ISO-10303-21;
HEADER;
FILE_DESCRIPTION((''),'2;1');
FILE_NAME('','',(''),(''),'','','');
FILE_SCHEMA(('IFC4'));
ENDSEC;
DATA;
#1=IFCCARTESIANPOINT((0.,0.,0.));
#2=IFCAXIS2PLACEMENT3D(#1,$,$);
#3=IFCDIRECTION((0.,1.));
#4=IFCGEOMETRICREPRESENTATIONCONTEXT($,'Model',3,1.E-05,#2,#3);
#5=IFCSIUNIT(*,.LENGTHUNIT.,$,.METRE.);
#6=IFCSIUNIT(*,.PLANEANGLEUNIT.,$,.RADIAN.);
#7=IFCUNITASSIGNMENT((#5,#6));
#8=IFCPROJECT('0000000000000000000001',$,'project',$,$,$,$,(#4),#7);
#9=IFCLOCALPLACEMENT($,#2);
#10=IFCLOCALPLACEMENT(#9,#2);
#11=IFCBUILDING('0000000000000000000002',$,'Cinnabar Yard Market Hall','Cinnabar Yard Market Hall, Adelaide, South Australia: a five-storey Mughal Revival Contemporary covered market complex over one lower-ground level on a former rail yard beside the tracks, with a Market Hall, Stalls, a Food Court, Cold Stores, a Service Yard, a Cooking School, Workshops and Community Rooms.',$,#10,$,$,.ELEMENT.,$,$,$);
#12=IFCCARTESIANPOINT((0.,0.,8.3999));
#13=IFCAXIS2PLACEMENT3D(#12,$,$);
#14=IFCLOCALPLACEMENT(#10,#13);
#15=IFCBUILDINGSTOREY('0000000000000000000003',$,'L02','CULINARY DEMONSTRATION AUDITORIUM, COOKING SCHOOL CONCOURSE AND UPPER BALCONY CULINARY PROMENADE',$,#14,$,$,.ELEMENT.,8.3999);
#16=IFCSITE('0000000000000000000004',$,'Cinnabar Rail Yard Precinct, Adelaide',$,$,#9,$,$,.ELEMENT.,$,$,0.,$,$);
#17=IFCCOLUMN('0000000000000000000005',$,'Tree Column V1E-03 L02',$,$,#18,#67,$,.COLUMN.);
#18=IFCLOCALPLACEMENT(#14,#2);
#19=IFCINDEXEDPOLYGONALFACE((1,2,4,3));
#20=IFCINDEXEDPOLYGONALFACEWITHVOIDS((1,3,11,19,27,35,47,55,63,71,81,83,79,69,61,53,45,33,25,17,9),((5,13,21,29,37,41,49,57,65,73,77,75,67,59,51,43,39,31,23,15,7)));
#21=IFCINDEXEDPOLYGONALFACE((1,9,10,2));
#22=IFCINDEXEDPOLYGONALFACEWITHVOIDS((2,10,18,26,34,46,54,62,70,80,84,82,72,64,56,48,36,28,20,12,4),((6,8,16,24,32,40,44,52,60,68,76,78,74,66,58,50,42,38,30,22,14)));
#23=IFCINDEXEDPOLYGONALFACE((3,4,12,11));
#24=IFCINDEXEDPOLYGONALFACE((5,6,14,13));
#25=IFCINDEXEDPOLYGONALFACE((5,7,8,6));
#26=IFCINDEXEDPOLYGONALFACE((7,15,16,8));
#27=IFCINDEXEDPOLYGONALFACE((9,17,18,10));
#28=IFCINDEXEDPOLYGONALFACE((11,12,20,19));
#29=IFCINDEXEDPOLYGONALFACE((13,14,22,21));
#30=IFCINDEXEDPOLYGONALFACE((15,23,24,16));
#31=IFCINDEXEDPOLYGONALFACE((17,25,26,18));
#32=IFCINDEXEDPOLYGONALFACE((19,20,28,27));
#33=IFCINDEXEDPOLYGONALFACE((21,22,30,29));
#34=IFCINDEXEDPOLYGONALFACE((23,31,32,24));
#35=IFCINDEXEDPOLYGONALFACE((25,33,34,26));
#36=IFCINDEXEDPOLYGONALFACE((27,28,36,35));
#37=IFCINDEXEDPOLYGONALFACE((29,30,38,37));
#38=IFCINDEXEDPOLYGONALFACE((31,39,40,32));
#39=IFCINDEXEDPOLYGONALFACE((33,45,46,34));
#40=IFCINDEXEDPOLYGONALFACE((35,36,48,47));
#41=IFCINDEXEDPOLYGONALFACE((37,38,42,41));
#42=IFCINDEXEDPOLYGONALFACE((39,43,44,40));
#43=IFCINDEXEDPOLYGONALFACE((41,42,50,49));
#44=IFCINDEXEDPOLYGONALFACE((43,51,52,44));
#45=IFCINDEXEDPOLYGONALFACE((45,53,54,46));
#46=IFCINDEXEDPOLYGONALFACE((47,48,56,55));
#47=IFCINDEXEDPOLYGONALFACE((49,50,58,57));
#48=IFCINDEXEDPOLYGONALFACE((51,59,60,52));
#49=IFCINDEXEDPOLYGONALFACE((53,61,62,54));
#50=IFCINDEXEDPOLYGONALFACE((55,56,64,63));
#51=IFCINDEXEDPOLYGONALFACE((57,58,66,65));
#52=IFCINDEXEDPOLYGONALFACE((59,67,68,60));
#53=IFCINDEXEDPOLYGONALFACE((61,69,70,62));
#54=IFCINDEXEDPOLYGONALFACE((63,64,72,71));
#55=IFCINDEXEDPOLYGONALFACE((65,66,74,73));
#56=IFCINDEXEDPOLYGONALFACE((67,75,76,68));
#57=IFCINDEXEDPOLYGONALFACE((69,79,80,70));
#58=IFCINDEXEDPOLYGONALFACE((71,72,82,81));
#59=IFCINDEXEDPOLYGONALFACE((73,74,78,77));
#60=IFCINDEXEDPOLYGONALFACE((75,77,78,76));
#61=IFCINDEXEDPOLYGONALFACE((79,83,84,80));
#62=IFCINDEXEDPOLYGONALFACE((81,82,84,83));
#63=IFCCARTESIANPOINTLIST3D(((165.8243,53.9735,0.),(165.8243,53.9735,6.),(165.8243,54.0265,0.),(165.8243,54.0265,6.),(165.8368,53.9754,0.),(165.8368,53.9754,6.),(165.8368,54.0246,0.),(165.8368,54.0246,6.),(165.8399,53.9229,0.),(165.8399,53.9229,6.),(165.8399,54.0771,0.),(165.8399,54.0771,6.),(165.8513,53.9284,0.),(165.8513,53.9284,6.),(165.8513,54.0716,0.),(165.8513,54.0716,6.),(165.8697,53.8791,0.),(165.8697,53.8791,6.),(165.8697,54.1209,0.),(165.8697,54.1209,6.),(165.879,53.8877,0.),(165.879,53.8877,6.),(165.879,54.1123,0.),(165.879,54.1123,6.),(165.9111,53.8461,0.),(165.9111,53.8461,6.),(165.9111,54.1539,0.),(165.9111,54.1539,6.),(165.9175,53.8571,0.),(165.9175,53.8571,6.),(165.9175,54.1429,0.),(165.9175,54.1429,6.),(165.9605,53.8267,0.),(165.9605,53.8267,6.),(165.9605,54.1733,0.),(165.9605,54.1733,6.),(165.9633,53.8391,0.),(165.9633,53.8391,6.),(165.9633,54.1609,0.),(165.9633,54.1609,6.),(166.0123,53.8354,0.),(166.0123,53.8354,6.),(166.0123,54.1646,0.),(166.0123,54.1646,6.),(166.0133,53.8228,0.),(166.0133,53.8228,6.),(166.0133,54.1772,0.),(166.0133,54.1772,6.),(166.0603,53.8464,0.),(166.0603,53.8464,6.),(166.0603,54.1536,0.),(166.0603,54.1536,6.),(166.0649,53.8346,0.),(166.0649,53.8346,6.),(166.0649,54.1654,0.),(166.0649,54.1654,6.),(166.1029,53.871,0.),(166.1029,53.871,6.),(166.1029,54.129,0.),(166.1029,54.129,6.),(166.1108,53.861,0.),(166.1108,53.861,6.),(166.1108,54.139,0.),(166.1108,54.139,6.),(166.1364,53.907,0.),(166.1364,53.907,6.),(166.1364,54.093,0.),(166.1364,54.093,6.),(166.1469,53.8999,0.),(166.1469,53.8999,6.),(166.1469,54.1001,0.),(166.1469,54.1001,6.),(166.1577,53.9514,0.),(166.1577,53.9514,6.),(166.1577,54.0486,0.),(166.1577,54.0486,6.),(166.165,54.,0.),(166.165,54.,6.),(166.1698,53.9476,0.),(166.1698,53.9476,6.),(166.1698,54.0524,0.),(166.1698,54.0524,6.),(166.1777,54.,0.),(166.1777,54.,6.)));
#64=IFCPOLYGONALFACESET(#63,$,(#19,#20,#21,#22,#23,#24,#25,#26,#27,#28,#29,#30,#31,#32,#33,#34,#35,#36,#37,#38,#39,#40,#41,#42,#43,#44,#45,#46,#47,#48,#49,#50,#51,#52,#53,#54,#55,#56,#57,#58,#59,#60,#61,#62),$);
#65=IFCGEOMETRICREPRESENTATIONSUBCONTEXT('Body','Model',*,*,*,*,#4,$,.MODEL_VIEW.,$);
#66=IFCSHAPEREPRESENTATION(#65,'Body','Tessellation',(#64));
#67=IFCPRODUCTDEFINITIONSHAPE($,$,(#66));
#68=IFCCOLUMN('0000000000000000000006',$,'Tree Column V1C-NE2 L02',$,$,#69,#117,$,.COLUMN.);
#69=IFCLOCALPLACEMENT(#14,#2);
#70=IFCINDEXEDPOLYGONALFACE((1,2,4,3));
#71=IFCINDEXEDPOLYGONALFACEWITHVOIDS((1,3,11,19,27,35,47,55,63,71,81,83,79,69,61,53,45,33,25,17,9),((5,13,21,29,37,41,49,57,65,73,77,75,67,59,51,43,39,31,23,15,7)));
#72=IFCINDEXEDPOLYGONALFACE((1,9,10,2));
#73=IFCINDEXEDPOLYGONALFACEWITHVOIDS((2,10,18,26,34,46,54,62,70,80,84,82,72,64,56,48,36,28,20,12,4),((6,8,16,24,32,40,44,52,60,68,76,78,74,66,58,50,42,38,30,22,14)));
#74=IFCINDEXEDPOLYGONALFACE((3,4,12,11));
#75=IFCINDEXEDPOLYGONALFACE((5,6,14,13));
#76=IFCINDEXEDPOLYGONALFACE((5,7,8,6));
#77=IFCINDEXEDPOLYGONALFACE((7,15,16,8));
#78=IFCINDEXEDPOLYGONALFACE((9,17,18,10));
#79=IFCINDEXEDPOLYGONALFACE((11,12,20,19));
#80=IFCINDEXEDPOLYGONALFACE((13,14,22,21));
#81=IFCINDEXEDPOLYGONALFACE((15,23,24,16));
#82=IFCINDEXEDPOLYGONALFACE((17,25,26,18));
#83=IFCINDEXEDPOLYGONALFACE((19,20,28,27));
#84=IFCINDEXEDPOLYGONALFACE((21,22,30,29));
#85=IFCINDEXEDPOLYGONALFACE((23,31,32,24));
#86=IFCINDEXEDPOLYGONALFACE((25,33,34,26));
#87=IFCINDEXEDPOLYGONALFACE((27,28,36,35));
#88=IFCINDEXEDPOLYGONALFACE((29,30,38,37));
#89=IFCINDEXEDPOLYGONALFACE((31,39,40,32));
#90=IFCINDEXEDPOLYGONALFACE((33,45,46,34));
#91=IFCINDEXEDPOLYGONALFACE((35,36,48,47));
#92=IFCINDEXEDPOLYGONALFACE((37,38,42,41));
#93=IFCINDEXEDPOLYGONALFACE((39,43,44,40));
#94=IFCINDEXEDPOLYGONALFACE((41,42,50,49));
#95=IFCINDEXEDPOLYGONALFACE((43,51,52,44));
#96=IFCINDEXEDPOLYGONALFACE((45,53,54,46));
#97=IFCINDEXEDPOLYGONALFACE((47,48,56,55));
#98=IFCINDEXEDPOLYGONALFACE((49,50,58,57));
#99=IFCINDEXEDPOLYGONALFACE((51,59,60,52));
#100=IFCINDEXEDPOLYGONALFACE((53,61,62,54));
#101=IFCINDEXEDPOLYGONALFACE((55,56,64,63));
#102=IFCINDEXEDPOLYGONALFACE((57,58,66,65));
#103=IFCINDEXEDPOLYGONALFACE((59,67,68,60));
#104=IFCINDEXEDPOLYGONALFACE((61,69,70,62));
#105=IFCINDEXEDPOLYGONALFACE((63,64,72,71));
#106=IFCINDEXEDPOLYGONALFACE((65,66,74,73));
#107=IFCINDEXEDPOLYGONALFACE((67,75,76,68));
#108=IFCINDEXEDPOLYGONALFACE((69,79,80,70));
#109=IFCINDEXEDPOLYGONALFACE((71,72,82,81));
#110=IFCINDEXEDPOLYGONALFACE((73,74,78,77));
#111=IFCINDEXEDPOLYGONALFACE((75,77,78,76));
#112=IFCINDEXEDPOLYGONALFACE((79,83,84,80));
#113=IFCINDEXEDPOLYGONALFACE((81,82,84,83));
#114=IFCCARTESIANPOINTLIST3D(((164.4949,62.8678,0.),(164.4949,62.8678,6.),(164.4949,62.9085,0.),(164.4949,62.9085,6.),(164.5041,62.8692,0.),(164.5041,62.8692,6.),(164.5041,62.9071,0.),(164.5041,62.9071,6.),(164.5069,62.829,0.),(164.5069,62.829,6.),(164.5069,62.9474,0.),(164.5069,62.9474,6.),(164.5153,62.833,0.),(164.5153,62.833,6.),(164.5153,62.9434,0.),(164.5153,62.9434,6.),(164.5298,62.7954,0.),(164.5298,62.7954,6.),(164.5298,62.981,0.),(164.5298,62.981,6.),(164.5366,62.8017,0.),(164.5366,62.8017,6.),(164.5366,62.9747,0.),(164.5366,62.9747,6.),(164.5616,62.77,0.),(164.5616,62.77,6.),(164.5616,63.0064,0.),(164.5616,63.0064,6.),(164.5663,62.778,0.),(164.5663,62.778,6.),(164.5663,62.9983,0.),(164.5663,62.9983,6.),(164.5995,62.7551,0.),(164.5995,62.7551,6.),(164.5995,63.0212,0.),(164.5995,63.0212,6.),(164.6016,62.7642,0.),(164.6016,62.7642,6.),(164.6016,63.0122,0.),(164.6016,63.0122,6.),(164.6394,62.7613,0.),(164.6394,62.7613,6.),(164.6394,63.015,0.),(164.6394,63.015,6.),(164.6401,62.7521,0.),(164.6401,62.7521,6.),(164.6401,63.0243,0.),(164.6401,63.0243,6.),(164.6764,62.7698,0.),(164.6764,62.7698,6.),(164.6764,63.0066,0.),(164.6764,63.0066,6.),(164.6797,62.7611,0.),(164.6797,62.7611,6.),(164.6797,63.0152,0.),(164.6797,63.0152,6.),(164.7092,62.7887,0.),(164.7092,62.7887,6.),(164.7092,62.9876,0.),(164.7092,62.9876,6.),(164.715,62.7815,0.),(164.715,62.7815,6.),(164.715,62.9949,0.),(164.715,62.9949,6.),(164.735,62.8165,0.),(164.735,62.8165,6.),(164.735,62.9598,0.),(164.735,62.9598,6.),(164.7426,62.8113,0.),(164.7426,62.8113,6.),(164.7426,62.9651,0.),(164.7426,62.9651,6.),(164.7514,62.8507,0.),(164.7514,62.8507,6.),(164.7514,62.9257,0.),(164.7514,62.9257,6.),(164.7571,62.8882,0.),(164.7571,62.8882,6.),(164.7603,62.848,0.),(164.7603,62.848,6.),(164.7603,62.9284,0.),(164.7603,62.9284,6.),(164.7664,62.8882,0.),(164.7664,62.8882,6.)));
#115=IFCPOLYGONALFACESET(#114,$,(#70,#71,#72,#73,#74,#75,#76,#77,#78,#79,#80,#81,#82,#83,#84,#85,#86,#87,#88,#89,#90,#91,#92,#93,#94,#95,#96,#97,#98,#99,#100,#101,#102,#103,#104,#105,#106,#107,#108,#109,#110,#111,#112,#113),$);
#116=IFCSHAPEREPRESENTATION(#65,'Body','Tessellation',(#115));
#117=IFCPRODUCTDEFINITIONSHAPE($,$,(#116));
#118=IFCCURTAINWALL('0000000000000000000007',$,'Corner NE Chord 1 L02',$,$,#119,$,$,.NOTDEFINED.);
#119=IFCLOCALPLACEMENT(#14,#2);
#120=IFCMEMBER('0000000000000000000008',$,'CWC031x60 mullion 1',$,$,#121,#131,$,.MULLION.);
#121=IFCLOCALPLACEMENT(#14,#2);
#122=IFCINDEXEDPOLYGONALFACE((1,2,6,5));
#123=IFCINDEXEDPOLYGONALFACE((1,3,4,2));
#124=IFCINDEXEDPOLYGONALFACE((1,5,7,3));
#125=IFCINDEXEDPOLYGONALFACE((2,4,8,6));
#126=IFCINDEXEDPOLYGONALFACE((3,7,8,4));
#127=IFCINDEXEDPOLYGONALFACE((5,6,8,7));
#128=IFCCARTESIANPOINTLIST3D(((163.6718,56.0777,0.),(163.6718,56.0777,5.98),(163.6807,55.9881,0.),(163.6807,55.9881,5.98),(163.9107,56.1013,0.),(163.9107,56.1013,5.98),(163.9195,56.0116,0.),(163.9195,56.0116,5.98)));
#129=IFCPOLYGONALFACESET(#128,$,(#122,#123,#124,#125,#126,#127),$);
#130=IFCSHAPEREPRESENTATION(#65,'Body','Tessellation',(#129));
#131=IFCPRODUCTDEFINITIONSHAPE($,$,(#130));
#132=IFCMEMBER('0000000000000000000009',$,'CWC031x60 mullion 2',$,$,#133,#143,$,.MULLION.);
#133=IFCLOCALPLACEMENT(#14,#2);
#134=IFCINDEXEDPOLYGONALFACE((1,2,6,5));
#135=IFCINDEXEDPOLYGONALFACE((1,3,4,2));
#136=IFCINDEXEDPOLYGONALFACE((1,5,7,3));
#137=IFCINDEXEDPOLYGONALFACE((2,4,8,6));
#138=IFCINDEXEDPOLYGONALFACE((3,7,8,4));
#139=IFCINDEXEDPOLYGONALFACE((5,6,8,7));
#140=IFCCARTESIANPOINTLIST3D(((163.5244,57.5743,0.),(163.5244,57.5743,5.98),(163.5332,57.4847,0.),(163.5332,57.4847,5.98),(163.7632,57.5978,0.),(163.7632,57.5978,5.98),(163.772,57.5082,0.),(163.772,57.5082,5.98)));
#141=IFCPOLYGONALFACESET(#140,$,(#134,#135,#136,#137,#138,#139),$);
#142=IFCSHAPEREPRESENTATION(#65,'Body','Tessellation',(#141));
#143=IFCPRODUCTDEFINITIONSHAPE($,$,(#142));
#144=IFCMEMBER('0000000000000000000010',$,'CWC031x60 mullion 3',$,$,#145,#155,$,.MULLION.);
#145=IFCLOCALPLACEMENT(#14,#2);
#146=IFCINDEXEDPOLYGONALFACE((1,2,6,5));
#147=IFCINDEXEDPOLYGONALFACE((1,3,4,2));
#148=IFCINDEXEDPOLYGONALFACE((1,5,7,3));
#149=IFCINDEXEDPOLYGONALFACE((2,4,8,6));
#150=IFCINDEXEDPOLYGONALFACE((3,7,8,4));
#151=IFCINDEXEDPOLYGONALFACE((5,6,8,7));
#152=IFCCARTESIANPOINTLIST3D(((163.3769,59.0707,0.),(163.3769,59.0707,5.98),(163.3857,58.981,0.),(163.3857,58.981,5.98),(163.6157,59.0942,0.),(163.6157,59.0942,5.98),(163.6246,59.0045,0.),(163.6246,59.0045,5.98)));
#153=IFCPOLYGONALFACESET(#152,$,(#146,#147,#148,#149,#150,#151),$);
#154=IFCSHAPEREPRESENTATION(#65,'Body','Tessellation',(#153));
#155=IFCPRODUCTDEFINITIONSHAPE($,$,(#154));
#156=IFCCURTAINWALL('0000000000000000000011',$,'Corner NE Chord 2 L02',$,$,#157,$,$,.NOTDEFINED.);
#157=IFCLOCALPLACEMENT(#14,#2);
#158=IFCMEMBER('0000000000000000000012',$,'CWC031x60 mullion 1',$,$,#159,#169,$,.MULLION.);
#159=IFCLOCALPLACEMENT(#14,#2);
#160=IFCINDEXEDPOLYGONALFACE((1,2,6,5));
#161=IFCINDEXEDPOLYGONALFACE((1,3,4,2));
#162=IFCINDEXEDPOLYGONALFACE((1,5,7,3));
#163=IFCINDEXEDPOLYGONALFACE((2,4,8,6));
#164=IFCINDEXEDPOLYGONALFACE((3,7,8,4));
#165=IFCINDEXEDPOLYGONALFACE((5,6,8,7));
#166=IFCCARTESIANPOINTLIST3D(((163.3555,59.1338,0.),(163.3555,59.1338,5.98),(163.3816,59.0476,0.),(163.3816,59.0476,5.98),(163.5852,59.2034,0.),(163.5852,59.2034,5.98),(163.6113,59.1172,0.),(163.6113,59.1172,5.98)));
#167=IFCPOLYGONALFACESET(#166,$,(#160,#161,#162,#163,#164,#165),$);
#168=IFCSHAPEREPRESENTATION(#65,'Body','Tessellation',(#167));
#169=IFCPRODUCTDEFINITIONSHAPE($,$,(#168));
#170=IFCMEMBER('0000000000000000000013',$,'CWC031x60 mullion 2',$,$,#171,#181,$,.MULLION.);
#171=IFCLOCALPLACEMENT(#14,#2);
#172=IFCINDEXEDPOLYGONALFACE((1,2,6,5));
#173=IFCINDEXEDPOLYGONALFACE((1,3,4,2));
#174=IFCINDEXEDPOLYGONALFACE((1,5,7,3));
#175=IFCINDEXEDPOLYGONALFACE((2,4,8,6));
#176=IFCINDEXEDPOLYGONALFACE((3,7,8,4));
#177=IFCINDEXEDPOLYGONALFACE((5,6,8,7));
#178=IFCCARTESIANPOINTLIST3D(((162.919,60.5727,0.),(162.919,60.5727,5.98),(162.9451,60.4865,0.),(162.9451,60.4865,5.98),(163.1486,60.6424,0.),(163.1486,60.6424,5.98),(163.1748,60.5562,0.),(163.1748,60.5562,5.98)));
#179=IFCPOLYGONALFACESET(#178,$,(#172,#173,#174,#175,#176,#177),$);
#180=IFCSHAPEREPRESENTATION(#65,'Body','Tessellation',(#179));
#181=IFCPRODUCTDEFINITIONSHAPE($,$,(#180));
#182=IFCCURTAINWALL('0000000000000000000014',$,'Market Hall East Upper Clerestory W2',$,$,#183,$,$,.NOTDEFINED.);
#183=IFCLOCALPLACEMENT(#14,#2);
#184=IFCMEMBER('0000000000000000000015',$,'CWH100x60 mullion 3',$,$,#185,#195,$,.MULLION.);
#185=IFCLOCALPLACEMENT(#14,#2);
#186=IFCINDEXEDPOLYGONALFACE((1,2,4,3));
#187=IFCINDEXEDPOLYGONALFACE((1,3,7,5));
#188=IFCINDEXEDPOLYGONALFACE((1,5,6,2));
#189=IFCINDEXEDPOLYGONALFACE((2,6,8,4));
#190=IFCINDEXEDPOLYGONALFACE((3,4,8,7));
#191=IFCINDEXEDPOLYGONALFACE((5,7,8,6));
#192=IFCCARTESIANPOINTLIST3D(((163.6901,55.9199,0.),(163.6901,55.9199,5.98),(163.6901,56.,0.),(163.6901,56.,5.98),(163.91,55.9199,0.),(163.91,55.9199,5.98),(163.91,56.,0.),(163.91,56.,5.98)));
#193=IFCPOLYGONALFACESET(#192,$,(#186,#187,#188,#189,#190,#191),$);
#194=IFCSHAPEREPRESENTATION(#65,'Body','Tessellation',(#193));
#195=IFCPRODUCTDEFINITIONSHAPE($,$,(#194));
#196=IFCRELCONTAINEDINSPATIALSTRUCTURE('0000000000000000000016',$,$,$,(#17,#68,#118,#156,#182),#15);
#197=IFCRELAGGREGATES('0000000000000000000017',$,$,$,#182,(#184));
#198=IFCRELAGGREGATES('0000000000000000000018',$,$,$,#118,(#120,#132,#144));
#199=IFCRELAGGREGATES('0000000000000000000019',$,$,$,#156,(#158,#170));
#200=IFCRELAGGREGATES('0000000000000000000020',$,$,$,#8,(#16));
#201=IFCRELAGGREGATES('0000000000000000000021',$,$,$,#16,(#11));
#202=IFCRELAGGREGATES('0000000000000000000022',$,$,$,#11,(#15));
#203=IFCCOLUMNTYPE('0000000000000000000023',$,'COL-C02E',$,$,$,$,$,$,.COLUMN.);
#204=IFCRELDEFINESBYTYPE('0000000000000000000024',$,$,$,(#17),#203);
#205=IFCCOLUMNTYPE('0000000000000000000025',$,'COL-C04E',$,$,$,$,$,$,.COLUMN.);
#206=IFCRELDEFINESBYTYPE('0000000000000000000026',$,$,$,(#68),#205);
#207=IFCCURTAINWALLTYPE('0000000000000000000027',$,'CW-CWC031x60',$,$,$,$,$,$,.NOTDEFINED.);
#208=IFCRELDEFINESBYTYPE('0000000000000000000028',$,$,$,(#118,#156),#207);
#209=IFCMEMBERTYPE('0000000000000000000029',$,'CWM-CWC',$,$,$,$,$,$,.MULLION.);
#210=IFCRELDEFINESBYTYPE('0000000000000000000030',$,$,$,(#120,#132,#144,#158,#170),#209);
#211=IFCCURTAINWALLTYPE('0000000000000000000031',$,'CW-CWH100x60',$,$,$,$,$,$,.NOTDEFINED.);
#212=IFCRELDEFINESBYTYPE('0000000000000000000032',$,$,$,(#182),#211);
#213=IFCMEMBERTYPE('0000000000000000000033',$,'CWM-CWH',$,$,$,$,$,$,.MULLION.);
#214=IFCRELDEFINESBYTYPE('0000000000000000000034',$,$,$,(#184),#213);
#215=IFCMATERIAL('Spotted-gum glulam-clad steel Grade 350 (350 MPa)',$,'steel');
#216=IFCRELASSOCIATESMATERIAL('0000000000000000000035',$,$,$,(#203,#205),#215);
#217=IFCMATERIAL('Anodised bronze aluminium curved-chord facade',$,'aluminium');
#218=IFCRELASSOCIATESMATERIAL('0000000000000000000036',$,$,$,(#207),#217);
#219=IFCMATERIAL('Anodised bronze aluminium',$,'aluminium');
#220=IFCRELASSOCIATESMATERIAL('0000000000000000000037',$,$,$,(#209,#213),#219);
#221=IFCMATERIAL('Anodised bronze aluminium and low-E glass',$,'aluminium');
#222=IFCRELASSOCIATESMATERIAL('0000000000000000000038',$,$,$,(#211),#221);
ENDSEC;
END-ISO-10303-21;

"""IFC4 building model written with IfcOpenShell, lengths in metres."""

from ifc_helpers import new_model, si_unit, direction, frame, origin, origin_2d_with_axis, place, context, subcontext, project, spatial, rectangle, hollow_circle, extrude, material, material_profile, profile_set, type_object, element, aggregate, save


model = new_model("IFC4")

# Units and contexts
model_context = context("Model", 3, precision=1e-05, world=origin(), true_north=direction((0.0, 1.0)))
body_context = subcontext(model_context, "Body", "Model", "MODEL_VIEW")
ifc_project = project(units=[si_unit("LENGTHUNIT", "METRE"), si_unit("PLANEANGLEUNIT", "RADIAN")], contexts=[model_context])

# Site, building, storey
site_placement = place(None, origin())
site = spatial("IfcSite", under=ifc_project, at=site_placement, Name="Cinnabar Rail Yard Precinct, Adelaide", CompositionType="ELEMENT", RefElevation=0.0)
building_placement = place(site_placement, origin())
building = spatial("IfcBuilding", under=site, at=building_placement, Name="Cinnabar Yard Market Hall", Description="Cinnabar Yard Market Hall, Adelaide, South Australia: a five-storey Mughal Revival Contemporary covered market complex over one lower-ground level on a former rail yard beside the tracks, with a Market Hall, Stalls, a Food Court, Cold Stores, a Service Yard, a Cooking School, Workshops and Community Rooms.", CompositionType="ELEMENT")
storey_placement = place(building_placement, frame((0.0, 0.0, 8.3999)))
storey = spatial("IfcBuildingStorey", under=building, at=storey_placement, Name="L02", Description="CULINARY DEMONSTRATION AUDITORIUM, COOKING SCHOOL CONCOURSE AND UPPER BALCONY CULINARY PROMENADE", CompositionType="ELEMENT", Elevation=8.3999)

# Columns
ifc_material_1 = material(Name="Spotted-gum glulam-clad steel Grade 350 (350 MPa)", Category="steel")
ifc_material_profile_1 = material_profile(ifc_material_1, hollow_circle(Radius=0.1777, WallThickness=0.0127, at=origin_2d_with_axis()), Name="355.6x12.7CHS")
ifc_profile_set_1 = profile_set([ifc_material_profile_1], Name="Spotted-gum glulam-clad steel Grade 350 (350 MPa)")
column_type_1 = type_object("IfcColumnType", Name="COL-C02E", PredefinedType="COLUMN", material=ifc_profile_set_1)
column_1_placement = place(storey_placement, frame((166.0, 54.0, 0.0), z_axis=(0.0, 0.0, 1.0), x_axis=(1.0, 0.0, 0.0)))
element("IfcColumn", 1, at=column_1_placement, inside=storey, type_object=column_type_1, Name="Tree Column V1E-03 L02", PredefinedType="COLUMN", context=body_context, shape_type="SweptSolid", body=[
    extrude(hollow_circle(Radius=0.1777, WallThickness=0.0127, at=origin_2d_with_axis()), origin(), (0.0, 0.0, 1.0), 6.0),
])
ifc_material_profile_2 = material_profile(ifc_material_1, hollow_circle(Radius=0.1365, WallThickness=0.0093, at=origin_2d_with_axis()), Name="273.1x9.3CHS")
ifc_profile_set_2 = profile_set([ifc_material_profile_2], Name="Spotted-gum glulam-clad steel Grade 350 (350 MPa)")
column_type_2 = type_object("IfcColumnType", Name="COL-C04E", PredefinedType="COLUMN", material=ifc_profile_set_2)
column_2_placement = place(storey_placement, frame((164.6299, 62.8882, 0.0), z_axis=(0.0, 0.0, 1.0), x_axis=(1.0, 0.0, 0.0)))
element("IfcColumn", 2, at=column_2_placement, inside=storey, type_object=column_type_2, Name="Tree Column V1C-NE2 L02", PredefinedType="COLUMN", context=body_context, shape_type="SweptSolid", body=[
    extrude(hollow_circle(Radius=0.1365, WallThickness=0.0093, at=origin_2d_with_axis()), origin(), (0.0, 0.0, 1.0), 6.0),
])

# Curtain walls, members
ifc_material_2 = material(Name="Anodised bronze aluminium curved-chord facade", Category="aluminium")
curtain_wall_type_1 = type_object("IfcCurtainWallType", Name="CW-CWC031x60", PredefinedType="NOTDEFINED", material=ifc_material_2)
curtain_wall_1_placement = place(storey_placement, origin())
curtain_wall_1 = element("IfcCurtainWall", 3, at=curtain_wall_1_placement, inside=storey, type_object=curtain_wall_type_1, Name="Corner NE Chord 1 L02", PredefinedType="NOTDEFINED")
ifc_material_3 = material(Name="Anodised bronze aluminium", Category="aluminium")
ifc_material_profile_3 = material_profile(ifc_material_3, rectangle(XDim=0.24, YDim=0.0901, at=origin_2d_with_axis()), Name="MUL-CWC")
ifc_profile_set_3 = profile_set([ifc_material_profile_3], Name="Anodised bronze aluminium")
member_type_1 = type_object("IfcMemberType", Name="CWM-CWC", PredefinedType="MULLION", material=ifc_profile_set_3)
member_1_placement = place(storey_placement, frame((163.7957, 56.0447, 0.0), z_axis=(0.0, 0.0, 1.0), x_axis=(-0.995184, -0.09802, 0.0)))
member_1 = element("IfcMember", 4, at=member_1_placement, type_object=member_type_1, Name="CWC031x60 mullion 1", PredefinedType="MULLION", context=body_context, shape_type="SweptSolid", body=[
    extrude(rectangle(XDim=0.24, YDim=0.0901, at=origin_2d_with_axis()), origin(), (0.0, 0.0, 1.0), 5.98),
])
member_2_placement = place(storey_placement, frame((163.6482, 57.5413, 0.0), z_axis=(0.0, 0.0, 1.0), x_axis=(-0.995184, -0.09802, 0.0)))
member_2 = element("IfcMember", 5, at=member_2_placement, type_object=member_type_1, Name="CWC031x60 mullion 2", PredefinedType="MULLION", context=body_context, shape_type="SweptSolid", body=[
    extrude(rectangle(XDim=0.24, YDim=0.0901, at=origin_2d_with_axis()), origin(), (0.0, 0.0, 1.0), 5.98),
])
member_3_placement = place(storey_placement, frame((163.5007, 59.0376, 0.0), z_axis=(0.0, 0.0, 1.0), x_axis=(-0.995184, -0.09802, 0.0)))
member_3 = element("IfcMember", 6, at=member_3_placement, type_object=member_type_1, Name="CWC031x60 mullion 3", PredefinedType="MULLION", context=body_context, shape_type="SweptSolid", body=[
    extrude(rectangle(XDim=0.24, YDim=0.0901, at=origin_2d_with_axis()), origin(), (0.0, 0.0, 1.0), 5.98),
])
curtain_wall_2_placement = place(storey_placement, origin())
curtain_wall_2 = element("IfcCurtainWall", 7, at=curtain_wall_2_placement, inside=storey, type_object=curtain_wall_type_1, Name="Corner NE Chord 2 L02", PredefinedType="NOTDEFINED")
member_4_placement = place(storey_placement, frame((163.4834, 59.1255, 0.0), z_axis=(0.0, 0.0, 1.0), x_axis=(-0.956942, -0.290279, 0.0)))
member_4 = element("IfcMember", 8, at=member_4_placement, type_object=member_type_1, Name="CWC031x60 mullion 1", PredefinedType="MULLION", context=body_context, shape_type="SweptSolid", body=[
    extrude(rectangle(XDim=0.24, YDim=0.0901, at=origin_2d_with_axis()), origin(), (0.0, 0.0, 1.0), 5.98),
])
member_5_placement = place(storey_placement, frame((163.0469, 60.5645, 0.0), z_axis=(0.0, 0.0, 1.0), x_axis=(-0.956942, -0.290279, 0.0)))
member_5 = element("IfcMember", 9, at=member_5_placement, type_object=member_type_1, Name="CWC031x60 mullion 2", PredefinedType="MULLION", context=body_context, shape_type="SweptSolid", body=[
    extrude(rectangle(XDim=0.24, YDim=0.0901, at=origin_2d_with_axis()), origin(), (0.0, 0.0, 1.0), 5.98),
])

# Curtain wall, member
ifc_material_4 = material(Name="Anodised bronze aluminium and low-E glass", Category="aluminium")
curtain_wall_type_2 = type_object("IfcCurtainWallType", Name="CW-CWH100x60", PredefinedType="NOTDEFINED", material=ifc_material_4)
curtain_wall_3_placement = place(storey_placement, origin())
curtain_wall_3 = element("IfcCurtainWall", 10, at=curtain_wall_3_placement, inside=storey, type_object=curtain_wall_type_2, Name="Market Hall East Upper Clerestory W2", PredefinedType="NOTDEFINED")
ifc_material_profile_4 = material_profile(ifc_material_3, rectangle(XDim=0.22, YDim=0.0801, at=origin_2d_with_axis()), Name="MUL-CWH")
ifc_profile_set_4 = profile_set([ifc_material_profile_4], Name="Anodised bronze aluminium")
member_type_2 = type_object("IfcMemberType", Name="CWM-CWH", PredefinedType="MULLION", material=ifc_profile_set_4)
member_6_placement = place(storey_placement, frame((163.8, 55.96, 0.0), z_axis=(0.0, 0.0, 1.0), x_axis=(-1.0, 0.0, 0.0)))
member_6 = element("IfcMember", 11, at=member_6_placement, type_object=member_type_2, Name="CWH100x60 mullion 3", PredefinedType="MULLION", context=body_context, shape_type="SweptSolid", body=[
    extrude(rectangle(XDim=0.22, YDim=0.0801, at=origin_2d_with_axis()), origin(), (0.0, 0.0, 1.0), 5.98),
])
aggregate(curtain_wall_3, [member_6])

aggregate(curtain_wall_1, [member_1, member_2, member_3])
aggregate(curtain_wall_2, [member_4, member_5])

save(model, "model.ifc")
